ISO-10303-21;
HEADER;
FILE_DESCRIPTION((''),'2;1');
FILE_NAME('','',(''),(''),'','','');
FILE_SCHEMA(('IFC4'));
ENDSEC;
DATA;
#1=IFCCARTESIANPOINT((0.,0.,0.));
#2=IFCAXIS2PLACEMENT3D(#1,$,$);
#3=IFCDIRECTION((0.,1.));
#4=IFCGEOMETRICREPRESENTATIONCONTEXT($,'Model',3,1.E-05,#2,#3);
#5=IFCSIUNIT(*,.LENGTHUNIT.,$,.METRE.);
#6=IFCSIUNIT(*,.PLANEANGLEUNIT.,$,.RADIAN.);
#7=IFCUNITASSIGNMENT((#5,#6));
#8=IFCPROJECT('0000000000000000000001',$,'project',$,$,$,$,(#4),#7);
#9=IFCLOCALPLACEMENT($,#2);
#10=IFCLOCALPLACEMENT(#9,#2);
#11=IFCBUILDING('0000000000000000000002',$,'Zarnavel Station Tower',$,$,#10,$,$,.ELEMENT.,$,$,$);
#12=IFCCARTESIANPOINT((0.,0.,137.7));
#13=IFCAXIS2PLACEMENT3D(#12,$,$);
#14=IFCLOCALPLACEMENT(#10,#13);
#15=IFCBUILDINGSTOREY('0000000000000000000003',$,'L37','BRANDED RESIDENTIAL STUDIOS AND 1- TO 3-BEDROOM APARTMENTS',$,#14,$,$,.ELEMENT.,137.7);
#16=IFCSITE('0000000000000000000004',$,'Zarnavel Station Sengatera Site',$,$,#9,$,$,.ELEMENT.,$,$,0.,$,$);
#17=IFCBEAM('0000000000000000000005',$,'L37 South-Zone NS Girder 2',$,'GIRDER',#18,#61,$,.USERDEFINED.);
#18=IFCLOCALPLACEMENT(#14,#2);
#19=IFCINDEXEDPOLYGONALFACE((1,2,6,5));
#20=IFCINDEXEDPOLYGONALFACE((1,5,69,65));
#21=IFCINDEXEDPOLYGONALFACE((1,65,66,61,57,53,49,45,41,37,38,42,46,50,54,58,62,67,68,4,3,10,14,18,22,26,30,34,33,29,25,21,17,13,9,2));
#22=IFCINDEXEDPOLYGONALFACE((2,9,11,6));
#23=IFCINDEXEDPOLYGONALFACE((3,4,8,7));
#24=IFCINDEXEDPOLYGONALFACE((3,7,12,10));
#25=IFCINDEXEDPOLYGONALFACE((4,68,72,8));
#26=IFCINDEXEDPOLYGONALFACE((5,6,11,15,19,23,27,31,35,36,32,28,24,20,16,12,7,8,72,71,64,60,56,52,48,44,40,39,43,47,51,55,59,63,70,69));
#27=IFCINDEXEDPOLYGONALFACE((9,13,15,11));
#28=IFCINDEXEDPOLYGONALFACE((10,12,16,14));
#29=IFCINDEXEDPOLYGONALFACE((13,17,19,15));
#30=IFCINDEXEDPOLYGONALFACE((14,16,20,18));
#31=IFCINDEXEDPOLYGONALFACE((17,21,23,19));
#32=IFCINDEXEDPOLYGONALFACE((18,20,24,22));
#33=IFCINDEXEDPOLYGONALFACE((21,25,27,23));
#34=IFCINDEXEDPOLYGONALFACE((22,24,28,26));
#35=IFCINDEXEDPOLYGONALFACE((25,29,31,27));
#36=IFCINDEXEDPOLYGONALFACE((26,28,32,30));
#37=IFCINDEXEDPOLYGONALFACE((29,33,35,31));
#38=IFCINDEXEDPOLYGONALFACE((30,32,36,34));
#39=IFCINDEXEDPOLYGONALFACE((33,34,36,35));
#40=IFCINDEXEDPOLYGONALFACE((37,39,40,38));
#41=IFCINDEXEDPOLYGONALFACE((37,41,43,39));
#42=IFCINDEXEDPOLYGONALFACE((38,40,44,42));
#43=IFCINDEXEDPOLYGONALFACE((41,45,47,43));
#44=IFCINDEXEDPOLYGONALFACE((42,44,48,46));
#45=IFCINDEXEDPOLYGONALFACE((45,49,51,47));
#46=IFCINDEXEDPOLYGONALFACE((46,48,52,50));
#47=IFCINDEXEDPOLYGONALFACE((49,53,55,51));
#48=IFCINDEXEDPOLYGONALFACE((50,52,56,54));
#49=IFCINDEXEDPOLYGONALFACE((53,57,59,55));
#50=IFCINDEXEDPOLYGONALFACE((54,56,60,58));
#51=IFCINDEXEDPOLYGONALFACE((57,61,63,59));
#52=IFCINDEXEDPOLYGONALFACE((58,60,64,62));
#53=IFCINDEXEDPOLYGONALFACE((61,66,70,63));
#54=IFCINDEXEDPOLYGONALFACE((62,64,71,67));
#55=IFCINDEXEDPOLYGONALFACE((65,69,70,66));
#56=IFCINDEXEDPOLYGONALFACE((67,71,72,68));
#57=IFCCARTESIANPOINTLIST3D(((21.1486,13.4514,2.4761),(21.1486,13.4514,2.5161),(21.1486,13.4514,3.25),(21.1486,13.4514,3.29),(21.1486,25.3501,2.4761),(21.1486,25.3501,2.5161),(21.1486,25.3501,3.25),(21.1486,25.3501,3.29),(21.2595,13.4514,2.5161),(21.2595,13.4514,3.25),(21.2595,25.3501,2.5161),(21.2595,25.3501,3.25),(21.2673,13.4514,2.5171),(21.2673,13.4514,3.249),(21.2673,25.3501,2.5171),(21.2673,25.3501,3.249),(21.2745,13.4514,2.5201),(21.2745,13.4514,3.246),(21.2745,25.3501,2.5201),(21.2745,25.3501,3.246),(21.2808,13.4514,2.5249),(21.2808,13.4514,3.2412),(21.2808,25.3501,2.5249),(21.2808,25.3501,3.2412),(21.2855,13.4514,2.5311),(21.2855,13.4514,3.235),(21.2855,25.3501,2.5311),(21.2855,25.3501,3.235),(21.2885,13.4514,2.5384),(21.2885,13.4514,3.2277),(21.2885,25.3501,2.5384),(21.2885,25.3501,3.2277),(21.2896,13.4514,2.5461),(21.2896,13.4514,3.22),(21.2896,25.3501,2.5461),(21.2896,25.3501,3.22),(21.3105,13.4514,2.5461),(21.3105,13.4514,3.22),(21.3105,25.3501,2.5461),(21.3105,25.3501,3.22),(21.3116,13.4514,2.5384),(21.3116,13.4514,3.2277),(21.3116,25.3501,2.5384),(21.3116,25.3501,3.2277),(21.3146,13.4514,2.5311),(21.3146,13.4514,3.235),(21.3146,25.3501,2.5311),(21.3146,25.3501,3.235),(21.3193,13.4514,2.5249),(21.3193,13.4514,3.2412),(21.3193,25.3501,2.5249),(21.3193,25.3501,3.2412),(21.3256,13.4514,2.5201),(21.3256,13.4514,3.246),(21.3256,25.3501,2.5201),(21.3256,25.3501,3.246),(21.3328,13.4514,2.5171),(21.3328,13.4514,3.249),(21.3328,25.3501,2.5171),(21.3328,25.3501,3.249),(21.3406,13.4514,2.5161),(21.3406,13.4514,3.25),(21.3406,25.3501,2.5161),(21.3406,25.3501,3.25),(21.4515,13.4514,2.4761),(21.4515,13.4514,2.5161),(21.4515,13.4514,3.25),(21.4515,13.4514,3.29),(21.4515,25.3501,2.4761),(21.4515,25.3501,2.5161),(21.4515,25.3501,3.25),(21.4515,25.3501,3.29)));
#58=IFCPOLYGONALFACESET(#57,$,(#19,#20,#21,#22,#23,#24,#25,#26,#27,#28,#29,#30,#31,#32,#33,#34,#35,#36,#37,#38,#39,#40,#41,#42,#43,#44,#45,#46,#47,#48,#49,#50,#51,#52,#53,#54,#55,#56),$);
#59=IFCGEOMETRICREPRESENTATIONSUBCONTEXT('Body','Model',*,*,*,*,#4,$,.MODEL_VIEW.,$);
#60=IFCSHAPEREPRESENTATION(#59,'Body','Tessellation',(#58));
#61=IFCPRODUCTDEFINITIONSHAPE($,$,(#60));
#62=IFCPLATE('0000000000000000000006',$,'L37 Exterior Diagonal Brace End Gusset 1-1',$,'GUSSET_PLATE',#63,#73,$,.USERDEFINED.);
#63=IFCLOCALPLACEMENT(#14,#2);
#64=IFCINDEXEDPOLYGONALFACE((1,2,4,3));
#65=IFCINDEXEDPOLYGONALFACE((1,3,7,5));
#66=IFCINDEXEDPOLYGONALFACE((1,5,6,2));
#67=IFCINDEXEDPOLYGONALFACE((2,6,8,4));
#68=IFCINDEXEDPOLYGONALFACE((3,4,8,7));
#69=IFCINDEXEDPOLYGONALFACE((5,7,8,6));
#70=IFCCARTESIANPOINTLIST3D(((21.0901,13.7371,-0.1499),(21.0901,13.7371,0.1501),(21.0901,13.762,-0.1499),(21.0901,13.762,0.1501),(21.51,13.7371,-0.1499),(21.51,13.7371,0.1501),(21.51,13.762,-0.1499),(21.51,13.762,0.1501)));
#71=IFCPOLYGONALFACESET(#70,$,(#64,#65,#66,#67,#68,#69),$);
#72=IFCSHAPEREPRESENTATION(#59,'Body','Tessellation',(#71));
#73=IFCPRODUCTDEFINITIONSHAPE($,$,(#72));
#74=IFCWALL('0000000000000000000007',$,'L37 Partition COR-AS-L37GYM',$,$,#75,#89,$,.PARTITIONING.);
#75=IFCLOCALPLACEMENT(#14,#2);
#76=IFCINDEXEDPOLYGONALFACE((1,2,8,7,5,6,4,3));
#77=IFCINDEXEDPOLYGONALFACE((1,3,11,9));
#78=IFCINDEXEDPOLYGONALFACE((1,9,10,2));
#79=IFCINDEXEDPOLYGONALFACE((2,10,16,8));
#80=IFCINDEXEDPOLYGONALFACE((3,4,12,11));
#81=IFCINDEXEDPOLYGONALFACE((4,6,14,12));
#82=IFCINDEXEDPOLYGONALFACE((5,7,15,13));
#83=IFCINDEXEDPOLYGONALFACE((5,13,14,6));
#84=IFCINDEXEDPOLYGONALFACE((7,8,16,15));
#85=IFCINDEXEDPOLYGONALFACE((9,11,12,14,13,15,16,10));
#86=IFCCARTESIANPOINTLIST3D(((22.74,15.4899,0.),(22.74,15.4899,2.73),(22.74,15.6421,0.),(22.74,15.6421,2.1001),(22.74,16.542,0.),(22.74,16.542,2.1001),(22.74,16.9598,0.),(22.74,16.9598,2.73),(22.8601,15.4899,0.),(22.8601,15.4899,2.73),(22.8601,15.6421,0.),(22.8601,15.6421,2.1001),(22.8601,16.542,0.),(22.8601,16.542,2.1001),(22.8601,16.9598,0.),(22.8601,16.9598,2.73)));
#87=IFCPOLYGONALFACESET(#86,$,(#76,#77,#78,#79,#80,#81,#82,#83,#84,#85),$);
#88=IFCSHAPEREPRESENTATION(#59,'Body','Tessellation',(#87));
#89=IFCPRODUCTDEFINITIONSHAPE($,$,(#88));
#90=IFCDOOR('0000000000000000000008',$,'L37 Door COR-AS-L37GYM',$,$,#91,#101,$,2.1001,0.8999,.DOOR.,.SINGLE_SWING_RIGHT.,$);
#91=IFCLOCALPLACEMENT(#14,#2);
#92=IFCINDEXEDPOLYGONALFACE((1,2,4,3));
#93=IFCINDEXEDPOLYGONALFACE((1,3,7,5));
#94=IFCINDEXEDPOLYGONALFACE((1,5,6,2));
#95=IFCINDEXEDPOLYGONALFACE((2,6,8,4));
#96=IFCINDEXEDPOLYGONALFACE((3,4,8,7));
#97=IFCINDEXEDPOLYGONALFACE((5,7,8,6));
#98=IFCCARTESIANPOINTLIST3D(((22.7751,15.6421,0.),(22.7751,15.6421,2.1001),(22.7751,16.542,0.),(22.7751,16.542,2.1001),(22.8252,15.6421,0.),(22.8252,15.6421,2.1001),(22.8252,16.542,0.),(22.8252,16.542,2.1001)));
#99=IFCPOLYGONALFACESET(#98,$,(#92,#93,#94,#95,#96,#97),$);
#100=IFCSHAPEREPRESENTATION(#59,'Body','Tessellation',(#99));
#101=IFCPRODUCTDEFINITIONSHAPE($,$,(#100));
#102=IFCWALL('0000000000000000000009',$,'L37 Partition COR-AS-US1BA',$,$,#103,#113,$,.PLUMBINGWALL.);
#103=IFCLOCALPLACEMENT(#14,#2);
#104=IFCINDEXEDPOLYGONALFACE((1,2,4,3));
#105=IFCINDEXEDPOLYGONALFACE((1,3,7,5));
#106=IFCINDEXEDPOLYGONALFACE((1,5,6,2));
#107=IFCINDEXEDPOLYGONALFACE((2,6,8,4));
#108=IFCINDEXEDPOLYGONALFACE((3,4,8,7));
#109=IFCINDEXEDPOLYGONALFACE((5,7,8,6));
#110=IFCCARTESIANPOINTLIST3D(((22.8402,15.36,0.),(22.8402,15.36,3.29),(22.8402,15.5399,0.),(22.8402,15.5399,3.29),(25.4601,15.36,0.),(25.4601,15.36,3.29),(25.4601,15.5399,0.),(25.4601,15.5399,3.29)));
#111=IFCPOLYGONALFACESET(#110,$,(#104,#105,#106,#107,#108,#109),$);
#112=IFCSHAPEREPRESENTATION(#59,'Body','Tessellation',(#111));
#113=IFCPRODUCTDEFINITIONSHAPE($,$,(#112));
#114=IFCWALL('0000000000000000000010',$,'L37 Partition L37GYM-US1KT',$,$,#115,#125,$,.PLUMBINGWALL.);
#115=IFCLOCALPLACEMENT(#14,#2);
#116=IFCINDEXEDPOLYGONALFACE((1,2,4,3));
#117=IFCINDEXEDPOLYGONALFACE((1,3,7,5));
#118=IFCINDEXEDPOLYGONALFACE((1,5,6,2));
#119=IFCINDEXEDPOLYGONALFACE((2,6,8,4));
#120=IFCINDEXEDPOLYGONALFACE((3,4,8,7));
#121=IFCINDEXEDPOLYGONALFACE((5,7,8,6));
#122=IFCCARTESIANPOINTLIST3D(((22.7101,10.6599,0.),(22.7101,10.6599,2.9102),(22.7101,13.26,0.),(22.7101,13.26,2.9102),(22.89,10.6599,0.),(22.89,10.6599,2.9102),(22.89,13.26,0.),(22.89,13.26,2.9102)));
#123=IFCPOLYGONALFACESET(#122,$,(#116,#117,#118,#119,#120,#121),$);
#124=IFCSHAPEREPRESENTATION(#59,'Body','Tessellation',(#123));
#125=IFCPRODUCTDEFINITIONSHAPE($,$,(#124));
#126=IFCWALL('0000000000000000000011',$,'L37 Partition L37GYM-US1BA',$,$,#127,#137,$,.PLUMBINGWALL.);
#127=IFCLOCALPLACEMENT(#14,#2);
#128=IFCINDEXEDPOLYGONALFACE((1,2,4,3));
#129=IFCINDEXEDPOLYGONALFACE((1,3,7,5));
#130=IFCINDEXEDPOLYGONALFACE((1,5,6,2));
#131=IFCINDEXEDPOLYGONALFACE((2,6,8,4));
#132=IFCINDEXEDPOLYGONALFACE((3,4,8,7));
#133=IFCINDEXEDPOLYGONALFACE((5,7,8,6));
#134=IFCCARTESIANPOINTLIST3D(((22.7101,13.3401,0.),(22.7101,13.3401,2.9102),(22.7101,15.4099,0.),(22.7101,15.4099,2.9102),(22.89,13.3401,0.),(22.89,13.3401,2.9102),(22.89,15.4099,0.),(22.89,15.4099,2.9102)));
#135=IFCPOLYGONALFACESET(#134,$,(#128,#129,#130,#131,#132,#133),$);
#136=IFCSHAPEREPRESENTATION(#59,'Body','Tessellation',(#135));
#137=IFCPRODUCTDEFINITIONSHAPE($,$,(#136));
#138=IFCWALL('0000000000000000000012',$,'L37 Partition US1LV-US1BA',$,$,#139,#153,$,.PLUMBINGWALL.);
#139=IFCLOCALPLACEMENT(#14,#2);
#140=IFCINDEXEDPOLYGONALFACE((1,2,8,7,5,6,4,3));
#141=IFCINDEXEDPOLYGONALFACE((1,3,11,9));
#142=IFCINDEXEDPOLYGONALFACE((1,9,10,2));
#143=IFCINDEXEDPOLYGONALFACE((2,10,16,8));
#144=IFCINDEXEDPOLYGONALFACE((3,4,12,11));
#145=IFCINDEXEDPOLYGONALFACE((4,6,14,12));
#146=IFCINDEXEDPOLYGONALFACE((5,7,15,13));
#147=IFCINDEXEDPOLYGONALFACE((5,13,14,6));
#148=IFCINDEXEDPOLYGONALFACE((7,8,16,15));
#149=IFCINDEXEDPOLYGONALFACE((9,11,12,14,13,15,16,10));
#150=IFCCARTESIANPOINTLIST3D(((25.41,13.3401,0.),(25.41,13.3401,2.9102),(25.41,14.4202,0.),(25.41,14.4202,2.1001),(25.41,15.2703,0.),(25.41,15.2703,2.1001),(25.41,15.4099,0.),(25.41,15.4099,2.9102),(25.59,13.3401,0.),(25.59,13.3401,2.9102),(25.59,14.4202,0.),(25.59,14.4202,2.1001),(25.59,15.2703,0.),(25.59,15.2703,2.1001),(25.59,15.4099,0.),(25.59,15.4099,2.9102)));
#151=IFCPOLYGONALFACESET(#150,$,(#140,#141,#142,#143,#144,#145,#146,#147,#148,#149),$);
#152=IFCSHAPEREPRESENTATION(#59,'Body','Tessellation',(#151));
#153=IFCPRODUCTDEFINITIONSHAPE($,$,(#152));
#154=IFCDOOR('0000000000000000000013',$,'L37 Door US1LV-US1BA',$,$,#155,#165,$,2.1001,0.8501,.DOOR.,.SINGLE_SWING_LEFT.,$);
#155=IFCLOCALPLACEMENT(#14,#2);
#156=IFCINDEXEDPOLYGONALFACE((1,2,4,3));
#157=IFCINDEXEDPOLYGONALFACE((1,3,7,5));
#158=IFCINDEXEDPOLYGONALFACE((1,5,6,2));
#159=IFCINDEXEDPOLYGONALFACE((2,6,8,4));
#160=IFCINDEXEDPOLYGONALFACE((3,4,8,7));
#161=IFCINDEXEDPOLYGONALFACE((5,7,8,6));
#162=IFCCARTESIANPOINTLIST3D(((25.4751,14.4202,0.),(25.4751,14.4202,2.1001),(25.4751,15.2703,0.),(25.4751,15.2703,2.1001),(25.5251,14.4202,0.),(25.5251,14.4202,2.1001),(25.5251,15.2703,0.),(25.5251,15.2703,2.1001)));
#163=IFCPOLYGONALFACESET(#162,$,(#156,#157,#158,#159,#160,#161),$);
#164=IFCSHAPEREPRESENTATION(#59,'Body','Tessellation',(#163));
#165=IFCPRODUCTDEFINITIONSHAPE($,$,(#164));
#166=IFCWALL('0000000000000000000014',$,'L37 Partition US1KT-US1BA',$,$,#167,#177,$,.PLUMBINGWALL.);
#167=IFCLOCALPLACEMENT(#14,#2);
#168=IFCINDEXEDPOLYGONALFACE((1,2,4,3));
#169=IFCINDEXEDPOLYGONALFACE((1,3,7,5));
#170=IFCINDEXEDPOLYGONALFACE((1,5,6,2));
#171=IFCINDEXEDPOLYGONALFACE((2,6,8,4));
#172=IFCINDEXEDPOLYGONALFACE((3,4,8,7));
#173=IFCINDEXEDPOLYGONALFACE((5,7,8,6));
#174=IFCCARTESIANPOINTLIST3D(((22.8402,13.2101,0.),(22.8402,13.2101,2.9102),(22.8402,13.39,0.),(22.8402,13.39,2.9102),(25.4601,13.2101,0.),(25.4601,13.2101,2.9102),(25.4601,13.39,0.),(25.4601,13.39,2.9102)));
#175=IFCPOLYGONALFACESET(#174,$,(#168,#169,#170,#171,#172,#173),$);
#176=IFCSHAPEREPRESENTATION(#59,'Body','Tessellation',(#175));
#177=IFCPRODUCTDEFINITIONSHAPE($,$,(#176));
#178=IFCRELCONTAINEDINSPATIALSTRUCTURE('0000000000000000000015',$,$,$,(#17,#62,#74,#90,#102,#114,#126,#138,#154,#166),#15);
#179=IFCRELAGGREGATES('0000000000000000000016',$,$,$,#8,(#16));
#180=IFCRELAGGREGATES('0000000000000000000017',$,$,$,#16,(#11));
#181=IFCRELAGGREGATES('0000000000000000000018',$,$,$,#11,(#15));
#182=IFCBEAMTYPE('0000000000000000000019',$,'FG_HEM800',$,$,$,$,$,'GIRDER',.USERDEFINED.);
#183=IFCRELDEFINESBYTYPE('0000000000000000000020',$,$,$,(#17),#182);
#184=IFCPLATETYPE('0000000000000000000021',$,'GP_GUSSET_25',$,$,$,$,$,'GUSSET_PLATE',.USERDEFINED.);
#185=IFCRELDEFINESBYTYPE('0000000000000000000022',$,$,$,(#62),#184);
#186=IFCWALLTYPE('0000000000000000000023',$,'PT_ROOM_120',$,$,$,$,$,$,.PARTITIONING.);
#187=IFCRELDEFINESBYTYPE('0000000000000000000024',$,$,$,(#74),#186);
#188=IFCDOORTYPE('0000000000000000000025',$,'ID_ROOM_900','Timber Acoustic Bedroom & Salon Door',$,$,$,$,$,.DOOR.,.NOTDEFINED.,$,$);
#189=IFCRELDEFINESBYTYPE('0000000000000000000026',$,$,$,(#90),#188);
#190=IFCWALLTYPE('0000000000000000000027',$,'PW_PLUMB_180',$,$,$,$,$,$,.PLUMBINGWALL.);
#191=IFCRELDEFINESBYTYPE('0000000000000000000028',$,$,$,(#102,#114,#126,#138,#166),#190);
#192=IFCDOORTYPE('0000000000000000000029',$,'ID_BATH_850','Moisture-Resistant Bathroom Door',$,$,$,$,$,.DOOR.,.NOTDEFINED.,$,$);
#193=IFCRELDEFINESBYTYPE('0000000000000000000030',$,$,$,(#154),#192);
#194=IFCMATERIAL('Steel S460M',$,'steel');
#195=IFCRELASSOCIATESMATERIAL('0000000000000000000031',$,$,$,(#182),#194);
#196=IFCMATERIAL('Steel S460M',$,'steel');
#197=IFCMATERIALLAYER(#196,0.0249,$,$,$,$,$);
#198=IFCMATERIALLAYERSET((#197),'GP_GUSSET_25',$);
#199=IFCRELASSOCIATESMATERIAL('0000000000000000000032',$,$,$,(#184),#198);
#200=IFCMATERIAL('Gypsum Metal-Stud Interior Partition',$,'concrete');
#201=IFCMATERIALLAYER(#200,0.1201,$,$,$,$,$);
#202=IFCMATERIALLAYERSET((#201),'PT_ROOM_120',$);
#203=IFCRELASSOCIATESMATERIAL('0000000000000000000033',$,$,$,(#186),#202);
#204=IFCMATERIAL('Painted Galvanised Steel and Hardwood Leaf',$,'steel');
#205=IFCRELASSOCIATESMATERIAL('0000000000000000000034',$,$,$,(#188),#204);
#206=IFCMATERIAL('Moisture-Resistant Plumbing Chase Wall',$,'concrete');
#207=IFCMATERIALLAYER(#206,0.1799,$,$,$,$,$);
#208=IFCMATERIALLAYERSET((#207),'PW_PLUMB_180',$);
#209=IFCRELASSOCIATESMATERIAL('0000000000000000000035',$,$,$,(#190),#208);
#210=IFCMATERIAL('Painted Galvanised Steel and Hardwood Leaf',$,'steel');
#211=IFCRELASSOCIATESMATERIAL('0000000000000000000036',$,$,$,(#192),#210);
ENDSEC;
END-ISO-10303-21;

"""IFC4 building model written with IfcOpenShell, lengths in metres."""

from ifc_helpers import new_model, si_unit, direction, frame, frame_2d, origin, origin_2d, place, context, subcontext, project, spatial, rectangle, i_section, extrude, material, layer, layer_set, material_profile, profile_set, type_object, element, fill, save


model = new_model("IFC4")

# Units and contexts
model_context = context("Model", 3, precision=1e-05, world=origin(), true_north=direction((0.0, 1.0)))
body_context = subcontext(model_context, "Body", "Model", "MODEL_VIEW")
ifc_project = project(units=[si_unit("LENGTHUNIT", "METRE"), si_unit("PLANEANGLEUNIT", "RADIAN")], contexts=[model_context])

# Site, building, storey
site_placement = place(None, origin())
site = spatial("IfcSite", under=ifc_project, at=site_placement, Name="Zarnavel Station Sengatera Site", CompositionType="ELEMENT", RefElevation=0.0)
building_placement = place(site_placement, origin())
building = spatial("IfcBuilding", under=site, at=building_placement, Name="Zarnavel Station Tower", CompositionType="ELEMENT")
storey_placement = place(building_placement, frame((0.0, 0.0, 137.7)))
storey = spatial("IfcBuildingStorey", under=building, at=storey_placement, Name="L37", Description="BRANDED RESIDENTIAL STUDIOS AND 1- TO 3-BEDROOM APARTMENTS", CompositionType="ELEMENT", Elevation=137.7)

# Beam
ifc_material_1 = material(Name="Steel S460M", Category="steel")
ifc_material_profile_1 = material_profile(ifc_material_1, i_section(OverallWidth=0.303, OverallDepth=0.814, WebThickness=0.021, FlangeThickness=0.04, FilletRadius=0.03, at=origin_2d()), Name="HEM800")
ifc_profile_set_1 = profile_set([ifc_material_profile_1], Name="Steel S460M")
beam_type_1 = type_object("IfcBeamType", Name="FG_HEM800", ElementType="GIRDER", PredefinedType="USERDEFINED", material=ifc_profile_set_1)
beam_1_placement = place(storey_placement, frame((21.3, 13.4514, 2.8831), z_axis=(0.0, 1.0, 0.0), x_axis=(-1.0, 0.0, 0.0)))
element("IfcBeam", 1, at=beam_1_placement, inside=storey, type_object=beam_type_1, Name="L37 South-Zone NS Girder 2", ObjectType="GIRDER", PredefinedType="USERDEFINED", context=body_context, shape_type="SweptSolid", body=[
    extrude(i_section(OverallWidth=0.303, OverallDepth=0.814, WebThickness=0.021, FlangeThickness=0.04, FilletRadius=0.03, at=origin_2d()), origin(), (0.0, 0.0, 1.0), 11.8987),
])

# Plate
ifc_material_2 = material(Name="Steel S460M", Category="steel")
ifc_layer_1 = layer(ifc_material_2, 0.0249)
ifc_layer_set_1 = layer_set([ifc_layer_1], Name="GP_GUSSET_25")
plate_type = type_object("IfcPlateType", Name="GP_GUSSET_25", ElementType="GUSSET_PLATE", PredefinedType="USERDEFINED", material=ifc_layer_set_1)
plate_placement = place(storey_placement, frame((21.3, 13.7495, -0.1499), z_axis=(0.0, 0.0, 1.0), x_axis=(1.0, 0.0, 0.0)))
element("IfcPlate", 2, at=plate_placement, inside=storey, type_object=plate_type, Name="L37 Exterior Diagonal Brace End Gusset 1-1", ObjectType="GUSSET_PLATE", PredefinedType="USERDEFINED", context=body_context, shape_type="SweptSolid", body=[
    extrude(rectangle(XDim=0.4199, YDim=0.0249, at=origin_2d()), origin(), (0.0, 0.0, 1.0), 0.3),
])

# Wall, opening, door
ifc_material_3 = material(Name="Gypsum Metal-Stud Interior Partition", Category="concrete")
ifc_layer_2 = layer(ifc_material_3, 0.1201)
ifc_layer_set_2 = layer_set([ifc_layer_2], Name="PT_ROOM_120")
wall_type_1 = type_object("IfcWallType", Name="PT_ROOM_120", PredefinedType="PARTITIONING", material=ifc_layer_set_2)
wall_1_placement = place(storey_placement, frame((22.8, 15.49, 0.0), z_axis=(0.0, 0.0, 1.0), x_axis=(0.0, 1.0, 0.0)))
wall_1 = element("IfcWall", 3, at=wall_1_placement, inside=storey, type_object=wall_type_1, Name="L37 Partition COR-AS-L37GYM", PredefinedType="PARTITIONING", context=body_context, shape_type="SweptSolid", body=[
    extrude(rectangle(XDim=1.47, YDim=0.1201, at=frame_2d((0.7349, 0.0))), origin(), (0.0, 0.0, 1.0), 2.73),
])
opening_1_placement = place(wall_1_placement, frame((0.1521, 0.0, 0.0)))
opening_1 = element("IfcOpeningElement", 4, at=opening_1_placement, cuts=wall_1, PredefinedType="OPENING", context=body_context, shape_type="SweptSolid", body=[
    extrude(rectangle(XDim=0.8999, YDim=2.1001, at=frame_2d((0.45, 1.05))), frame((0.0, 0.0701, 0.0), z_axis=(0.0, -1.0, 0.0), x_axis=(1.0, 0.0, 0.0)), (0.0, 0.0, 1.0), 0.1401),
])
ifc_material_4 = material(Name="Painted Galvanised Steel and Hardwood Leaf", Category="steel")
door_type_1 = type_object("IfcDoorType", Name="ID_ROOM_900", Description="Timber Acoustic Bedroom & Salon Door", OperationType="NOTDEFINED", PredefinedType="DOOR", material=ifc_material_4)
door_1_placement = place(opening_1_placement, origin())
door_1 = element("IfcDoor", 5, at=door_1_placement, inside=storey, type_object=door_type_1, Name="L37 Door COR-AS-L37GYM", OperationType="SINGLE_SWING_RIGHT", OverallHeight=2.1001, OverallWidth=0.8999, PredefinedType="DOOR", context=body_context, shape_type="SweptSolid", body=[
    extrude(rectangle(XDim=0.8999, YDim=2.1001, at=frame_2d((0.45, 1.05))), frame((0.0, 0.0249, 0.0), z_axis=(0.0, -1.0, 0.0), x_axis=(1.0, 0.0, 0.0)), (0.0, 0.0, 1.0), 0.05),
])
fill(opening_1, door_1)

# Walls
ifc_material_5 = material(Name="Moisture-Resistant Plumbing Chase Wall", Category="concrete")
ifc_layer_3 = layer(ifc_material_5, 0.1799)
ifc_layer_set_3 = layer_set([ifc_layer_3], Name="PW_PLUMB_180")
wall_type_2 = type_object("IfcWallType", Name="PW_PLUMB_180", PredefinedType="PLUMBINGWALL", material=ifc_layer_set_3)
wall_2_placement = place(storey_placement, frame((22.8401, 15.45, 0.0), z_axis=(0.0, 0.0, 1.0), x_axis=(1.0, 0.0, 0.0)))
element("IfcWall", 6, at=wall_2_placement, inside=storey, type_object=wall_type_2, Name="L37 Partition COR-AS-US1BA", PredefinedType="PLUMBINGWALL", context=body_context, shape_type="SweptSolid", body=[
    extrude(rectangle(XDim=2.6199, YDim=0.1799, at=frame_2d((1.3101, 0.0))), origin(), (0.0, 0.0, 1.0), 3.29),
])
wall_3_placement = place(storey_placement, frame((22.8, 10.6599, 0.0), z_axis=(0.0, 0.0, 1.0), x_axis=(0.0, 1.0, 0.0)))
element("IfcWall", 7, at=wall_3_placement, inside=storey, type_object=wall_type_2, Name="L37 Partition L37GYM-US1KT", PredefinedType="PLUMBINGWALL", context=body_context, shape_type="SweptSolid", body=[
    extrude(rectangle(XDim=2.6001, YDim=0.1799, at=frame_2d((1.3, 0.0))), origin(), (0.0, 0.0, 1.0), 2.9102),
])
wall_4_placement = place(storey_placement, frame((22.8, 13.3401, 0.0), z_axis=(0.0, 0.0, 1.0), x_axis=(0.0, 1.0, 0.0)))
element("IfcWall", 8, at=wall_4_placement, inside=storey, type_object=wall_type_2, Name="L37 Partition L37GYM-US1BA", PredefinedType="PLUMBINGWALL", context=body_context, shape_type="SweptSolid", body=[
    extrude(rectangle(XDim=2.0698, YDim=0.1799, at=frame_2d((1.0349, 0.0))), origin(), (0.0, 0.0, 1.0), 2.9102),
])

# Wall, opening, door
wall_5_placement = place(storey_placement, frame((25.5, 13.3401, 0.0), z_axis=(0.0, 0.0, 1.0), x_axis=(0.0, 1.0, 0.0)))
wall_5 = element("IfcWall", 9, at=wall_5_placement, inside=storey, type_object=wall_type_2, Name="L37 Partition US1LV-US1BA", PredefinedType="PLUMBINGWALL", context=body_context, shape_type="SweptSolid", body=[
    extrude(rectangle(XDim=2.0698, YDim=0.1799, at=frame_2d((1.0349, 0.0))), origin(), (0.0, 0.0, 1.0), 2.9102),
])
opening_2_placement = place(wall_5_placement, frame((1.0801, 0.0, 0.0)))
opening_2 = element("IfcOpeningElement", 10, at=opening_2_placement, cuts=wall_5, PredefinedType="OPENING", context=body_context, shape_type="SweptSolid", body=[
    extrude(rectangle(XDim=0.8501, YDim=2.1001, at=frame_2d((0.425, 1.05))), frame((0.0, 0.0999, 0.0), z_axis=(0.0, -1.0, 0.0), x_axis=(1.0, 0.0, 0.0)), (0.0, 0.0, 1.0), 0.2),
])
ifc_material_6 = material(Name="Painted Galvanised Steel and Hardwood Leaf", Category="steel")
door_type_2 = type_object("IfcDoorType", Name="ID_BATH_850", Description="Moisture-Resistant Bathroom Door", OperationType="NOTDEFINED", PredefinedType="DOOR", material=ifc_material_6)
door_2_placement = place(opening_2_placement, origin())
door_2 = element("IfcDoor", 11, at=door_2_placement, inside=storey, type_object=door_type_2, Name="L37 Door US1LV-US1BA", OperationType="SINGLE_SWING_LEFT", OverallHeight=2.1001, OverallWidth=0.8501, PredefinedType="DOOR", context=body_context, shape_type="SweptSolid", body=[
    extrude(rectangle(XDim=0.8501, YDim=2.1001, at=frame_2d((0.425, 1.05))), frame((0.0, 0.0249, 0.0), z_axis=(0.0, -1.0, 0.0), x_axis=(1.0, 0.0, 0.0)), (0.0, 0.0, 1.0), 0.05),
])
fill(opening_2, door_2)

# Wall
wall_6_placement = place(storey_placement, frame((22.8401, 13.3, 0.0), z_axis=(0.0, 0.0, 1.0), x_axis=(1.0, 0.0, 0.0)))
element("IfcWall", 12, at=wall_6_placement, inside=storey, type_object=wall_type_2, Name="L37 Partition US1KT-US1BA", PredefinedType="PLUMBINGWALL", context=body_context, shape_type="SweptSolid", body=[
    extrude(rectangle(XDim=2.6199, YDim=0.1799, at=frame_2d((1.3101, 0.0))), origin(), (0.0, 0.0, 1.0), 2.9102),
])

save(model, "model.ifc")
